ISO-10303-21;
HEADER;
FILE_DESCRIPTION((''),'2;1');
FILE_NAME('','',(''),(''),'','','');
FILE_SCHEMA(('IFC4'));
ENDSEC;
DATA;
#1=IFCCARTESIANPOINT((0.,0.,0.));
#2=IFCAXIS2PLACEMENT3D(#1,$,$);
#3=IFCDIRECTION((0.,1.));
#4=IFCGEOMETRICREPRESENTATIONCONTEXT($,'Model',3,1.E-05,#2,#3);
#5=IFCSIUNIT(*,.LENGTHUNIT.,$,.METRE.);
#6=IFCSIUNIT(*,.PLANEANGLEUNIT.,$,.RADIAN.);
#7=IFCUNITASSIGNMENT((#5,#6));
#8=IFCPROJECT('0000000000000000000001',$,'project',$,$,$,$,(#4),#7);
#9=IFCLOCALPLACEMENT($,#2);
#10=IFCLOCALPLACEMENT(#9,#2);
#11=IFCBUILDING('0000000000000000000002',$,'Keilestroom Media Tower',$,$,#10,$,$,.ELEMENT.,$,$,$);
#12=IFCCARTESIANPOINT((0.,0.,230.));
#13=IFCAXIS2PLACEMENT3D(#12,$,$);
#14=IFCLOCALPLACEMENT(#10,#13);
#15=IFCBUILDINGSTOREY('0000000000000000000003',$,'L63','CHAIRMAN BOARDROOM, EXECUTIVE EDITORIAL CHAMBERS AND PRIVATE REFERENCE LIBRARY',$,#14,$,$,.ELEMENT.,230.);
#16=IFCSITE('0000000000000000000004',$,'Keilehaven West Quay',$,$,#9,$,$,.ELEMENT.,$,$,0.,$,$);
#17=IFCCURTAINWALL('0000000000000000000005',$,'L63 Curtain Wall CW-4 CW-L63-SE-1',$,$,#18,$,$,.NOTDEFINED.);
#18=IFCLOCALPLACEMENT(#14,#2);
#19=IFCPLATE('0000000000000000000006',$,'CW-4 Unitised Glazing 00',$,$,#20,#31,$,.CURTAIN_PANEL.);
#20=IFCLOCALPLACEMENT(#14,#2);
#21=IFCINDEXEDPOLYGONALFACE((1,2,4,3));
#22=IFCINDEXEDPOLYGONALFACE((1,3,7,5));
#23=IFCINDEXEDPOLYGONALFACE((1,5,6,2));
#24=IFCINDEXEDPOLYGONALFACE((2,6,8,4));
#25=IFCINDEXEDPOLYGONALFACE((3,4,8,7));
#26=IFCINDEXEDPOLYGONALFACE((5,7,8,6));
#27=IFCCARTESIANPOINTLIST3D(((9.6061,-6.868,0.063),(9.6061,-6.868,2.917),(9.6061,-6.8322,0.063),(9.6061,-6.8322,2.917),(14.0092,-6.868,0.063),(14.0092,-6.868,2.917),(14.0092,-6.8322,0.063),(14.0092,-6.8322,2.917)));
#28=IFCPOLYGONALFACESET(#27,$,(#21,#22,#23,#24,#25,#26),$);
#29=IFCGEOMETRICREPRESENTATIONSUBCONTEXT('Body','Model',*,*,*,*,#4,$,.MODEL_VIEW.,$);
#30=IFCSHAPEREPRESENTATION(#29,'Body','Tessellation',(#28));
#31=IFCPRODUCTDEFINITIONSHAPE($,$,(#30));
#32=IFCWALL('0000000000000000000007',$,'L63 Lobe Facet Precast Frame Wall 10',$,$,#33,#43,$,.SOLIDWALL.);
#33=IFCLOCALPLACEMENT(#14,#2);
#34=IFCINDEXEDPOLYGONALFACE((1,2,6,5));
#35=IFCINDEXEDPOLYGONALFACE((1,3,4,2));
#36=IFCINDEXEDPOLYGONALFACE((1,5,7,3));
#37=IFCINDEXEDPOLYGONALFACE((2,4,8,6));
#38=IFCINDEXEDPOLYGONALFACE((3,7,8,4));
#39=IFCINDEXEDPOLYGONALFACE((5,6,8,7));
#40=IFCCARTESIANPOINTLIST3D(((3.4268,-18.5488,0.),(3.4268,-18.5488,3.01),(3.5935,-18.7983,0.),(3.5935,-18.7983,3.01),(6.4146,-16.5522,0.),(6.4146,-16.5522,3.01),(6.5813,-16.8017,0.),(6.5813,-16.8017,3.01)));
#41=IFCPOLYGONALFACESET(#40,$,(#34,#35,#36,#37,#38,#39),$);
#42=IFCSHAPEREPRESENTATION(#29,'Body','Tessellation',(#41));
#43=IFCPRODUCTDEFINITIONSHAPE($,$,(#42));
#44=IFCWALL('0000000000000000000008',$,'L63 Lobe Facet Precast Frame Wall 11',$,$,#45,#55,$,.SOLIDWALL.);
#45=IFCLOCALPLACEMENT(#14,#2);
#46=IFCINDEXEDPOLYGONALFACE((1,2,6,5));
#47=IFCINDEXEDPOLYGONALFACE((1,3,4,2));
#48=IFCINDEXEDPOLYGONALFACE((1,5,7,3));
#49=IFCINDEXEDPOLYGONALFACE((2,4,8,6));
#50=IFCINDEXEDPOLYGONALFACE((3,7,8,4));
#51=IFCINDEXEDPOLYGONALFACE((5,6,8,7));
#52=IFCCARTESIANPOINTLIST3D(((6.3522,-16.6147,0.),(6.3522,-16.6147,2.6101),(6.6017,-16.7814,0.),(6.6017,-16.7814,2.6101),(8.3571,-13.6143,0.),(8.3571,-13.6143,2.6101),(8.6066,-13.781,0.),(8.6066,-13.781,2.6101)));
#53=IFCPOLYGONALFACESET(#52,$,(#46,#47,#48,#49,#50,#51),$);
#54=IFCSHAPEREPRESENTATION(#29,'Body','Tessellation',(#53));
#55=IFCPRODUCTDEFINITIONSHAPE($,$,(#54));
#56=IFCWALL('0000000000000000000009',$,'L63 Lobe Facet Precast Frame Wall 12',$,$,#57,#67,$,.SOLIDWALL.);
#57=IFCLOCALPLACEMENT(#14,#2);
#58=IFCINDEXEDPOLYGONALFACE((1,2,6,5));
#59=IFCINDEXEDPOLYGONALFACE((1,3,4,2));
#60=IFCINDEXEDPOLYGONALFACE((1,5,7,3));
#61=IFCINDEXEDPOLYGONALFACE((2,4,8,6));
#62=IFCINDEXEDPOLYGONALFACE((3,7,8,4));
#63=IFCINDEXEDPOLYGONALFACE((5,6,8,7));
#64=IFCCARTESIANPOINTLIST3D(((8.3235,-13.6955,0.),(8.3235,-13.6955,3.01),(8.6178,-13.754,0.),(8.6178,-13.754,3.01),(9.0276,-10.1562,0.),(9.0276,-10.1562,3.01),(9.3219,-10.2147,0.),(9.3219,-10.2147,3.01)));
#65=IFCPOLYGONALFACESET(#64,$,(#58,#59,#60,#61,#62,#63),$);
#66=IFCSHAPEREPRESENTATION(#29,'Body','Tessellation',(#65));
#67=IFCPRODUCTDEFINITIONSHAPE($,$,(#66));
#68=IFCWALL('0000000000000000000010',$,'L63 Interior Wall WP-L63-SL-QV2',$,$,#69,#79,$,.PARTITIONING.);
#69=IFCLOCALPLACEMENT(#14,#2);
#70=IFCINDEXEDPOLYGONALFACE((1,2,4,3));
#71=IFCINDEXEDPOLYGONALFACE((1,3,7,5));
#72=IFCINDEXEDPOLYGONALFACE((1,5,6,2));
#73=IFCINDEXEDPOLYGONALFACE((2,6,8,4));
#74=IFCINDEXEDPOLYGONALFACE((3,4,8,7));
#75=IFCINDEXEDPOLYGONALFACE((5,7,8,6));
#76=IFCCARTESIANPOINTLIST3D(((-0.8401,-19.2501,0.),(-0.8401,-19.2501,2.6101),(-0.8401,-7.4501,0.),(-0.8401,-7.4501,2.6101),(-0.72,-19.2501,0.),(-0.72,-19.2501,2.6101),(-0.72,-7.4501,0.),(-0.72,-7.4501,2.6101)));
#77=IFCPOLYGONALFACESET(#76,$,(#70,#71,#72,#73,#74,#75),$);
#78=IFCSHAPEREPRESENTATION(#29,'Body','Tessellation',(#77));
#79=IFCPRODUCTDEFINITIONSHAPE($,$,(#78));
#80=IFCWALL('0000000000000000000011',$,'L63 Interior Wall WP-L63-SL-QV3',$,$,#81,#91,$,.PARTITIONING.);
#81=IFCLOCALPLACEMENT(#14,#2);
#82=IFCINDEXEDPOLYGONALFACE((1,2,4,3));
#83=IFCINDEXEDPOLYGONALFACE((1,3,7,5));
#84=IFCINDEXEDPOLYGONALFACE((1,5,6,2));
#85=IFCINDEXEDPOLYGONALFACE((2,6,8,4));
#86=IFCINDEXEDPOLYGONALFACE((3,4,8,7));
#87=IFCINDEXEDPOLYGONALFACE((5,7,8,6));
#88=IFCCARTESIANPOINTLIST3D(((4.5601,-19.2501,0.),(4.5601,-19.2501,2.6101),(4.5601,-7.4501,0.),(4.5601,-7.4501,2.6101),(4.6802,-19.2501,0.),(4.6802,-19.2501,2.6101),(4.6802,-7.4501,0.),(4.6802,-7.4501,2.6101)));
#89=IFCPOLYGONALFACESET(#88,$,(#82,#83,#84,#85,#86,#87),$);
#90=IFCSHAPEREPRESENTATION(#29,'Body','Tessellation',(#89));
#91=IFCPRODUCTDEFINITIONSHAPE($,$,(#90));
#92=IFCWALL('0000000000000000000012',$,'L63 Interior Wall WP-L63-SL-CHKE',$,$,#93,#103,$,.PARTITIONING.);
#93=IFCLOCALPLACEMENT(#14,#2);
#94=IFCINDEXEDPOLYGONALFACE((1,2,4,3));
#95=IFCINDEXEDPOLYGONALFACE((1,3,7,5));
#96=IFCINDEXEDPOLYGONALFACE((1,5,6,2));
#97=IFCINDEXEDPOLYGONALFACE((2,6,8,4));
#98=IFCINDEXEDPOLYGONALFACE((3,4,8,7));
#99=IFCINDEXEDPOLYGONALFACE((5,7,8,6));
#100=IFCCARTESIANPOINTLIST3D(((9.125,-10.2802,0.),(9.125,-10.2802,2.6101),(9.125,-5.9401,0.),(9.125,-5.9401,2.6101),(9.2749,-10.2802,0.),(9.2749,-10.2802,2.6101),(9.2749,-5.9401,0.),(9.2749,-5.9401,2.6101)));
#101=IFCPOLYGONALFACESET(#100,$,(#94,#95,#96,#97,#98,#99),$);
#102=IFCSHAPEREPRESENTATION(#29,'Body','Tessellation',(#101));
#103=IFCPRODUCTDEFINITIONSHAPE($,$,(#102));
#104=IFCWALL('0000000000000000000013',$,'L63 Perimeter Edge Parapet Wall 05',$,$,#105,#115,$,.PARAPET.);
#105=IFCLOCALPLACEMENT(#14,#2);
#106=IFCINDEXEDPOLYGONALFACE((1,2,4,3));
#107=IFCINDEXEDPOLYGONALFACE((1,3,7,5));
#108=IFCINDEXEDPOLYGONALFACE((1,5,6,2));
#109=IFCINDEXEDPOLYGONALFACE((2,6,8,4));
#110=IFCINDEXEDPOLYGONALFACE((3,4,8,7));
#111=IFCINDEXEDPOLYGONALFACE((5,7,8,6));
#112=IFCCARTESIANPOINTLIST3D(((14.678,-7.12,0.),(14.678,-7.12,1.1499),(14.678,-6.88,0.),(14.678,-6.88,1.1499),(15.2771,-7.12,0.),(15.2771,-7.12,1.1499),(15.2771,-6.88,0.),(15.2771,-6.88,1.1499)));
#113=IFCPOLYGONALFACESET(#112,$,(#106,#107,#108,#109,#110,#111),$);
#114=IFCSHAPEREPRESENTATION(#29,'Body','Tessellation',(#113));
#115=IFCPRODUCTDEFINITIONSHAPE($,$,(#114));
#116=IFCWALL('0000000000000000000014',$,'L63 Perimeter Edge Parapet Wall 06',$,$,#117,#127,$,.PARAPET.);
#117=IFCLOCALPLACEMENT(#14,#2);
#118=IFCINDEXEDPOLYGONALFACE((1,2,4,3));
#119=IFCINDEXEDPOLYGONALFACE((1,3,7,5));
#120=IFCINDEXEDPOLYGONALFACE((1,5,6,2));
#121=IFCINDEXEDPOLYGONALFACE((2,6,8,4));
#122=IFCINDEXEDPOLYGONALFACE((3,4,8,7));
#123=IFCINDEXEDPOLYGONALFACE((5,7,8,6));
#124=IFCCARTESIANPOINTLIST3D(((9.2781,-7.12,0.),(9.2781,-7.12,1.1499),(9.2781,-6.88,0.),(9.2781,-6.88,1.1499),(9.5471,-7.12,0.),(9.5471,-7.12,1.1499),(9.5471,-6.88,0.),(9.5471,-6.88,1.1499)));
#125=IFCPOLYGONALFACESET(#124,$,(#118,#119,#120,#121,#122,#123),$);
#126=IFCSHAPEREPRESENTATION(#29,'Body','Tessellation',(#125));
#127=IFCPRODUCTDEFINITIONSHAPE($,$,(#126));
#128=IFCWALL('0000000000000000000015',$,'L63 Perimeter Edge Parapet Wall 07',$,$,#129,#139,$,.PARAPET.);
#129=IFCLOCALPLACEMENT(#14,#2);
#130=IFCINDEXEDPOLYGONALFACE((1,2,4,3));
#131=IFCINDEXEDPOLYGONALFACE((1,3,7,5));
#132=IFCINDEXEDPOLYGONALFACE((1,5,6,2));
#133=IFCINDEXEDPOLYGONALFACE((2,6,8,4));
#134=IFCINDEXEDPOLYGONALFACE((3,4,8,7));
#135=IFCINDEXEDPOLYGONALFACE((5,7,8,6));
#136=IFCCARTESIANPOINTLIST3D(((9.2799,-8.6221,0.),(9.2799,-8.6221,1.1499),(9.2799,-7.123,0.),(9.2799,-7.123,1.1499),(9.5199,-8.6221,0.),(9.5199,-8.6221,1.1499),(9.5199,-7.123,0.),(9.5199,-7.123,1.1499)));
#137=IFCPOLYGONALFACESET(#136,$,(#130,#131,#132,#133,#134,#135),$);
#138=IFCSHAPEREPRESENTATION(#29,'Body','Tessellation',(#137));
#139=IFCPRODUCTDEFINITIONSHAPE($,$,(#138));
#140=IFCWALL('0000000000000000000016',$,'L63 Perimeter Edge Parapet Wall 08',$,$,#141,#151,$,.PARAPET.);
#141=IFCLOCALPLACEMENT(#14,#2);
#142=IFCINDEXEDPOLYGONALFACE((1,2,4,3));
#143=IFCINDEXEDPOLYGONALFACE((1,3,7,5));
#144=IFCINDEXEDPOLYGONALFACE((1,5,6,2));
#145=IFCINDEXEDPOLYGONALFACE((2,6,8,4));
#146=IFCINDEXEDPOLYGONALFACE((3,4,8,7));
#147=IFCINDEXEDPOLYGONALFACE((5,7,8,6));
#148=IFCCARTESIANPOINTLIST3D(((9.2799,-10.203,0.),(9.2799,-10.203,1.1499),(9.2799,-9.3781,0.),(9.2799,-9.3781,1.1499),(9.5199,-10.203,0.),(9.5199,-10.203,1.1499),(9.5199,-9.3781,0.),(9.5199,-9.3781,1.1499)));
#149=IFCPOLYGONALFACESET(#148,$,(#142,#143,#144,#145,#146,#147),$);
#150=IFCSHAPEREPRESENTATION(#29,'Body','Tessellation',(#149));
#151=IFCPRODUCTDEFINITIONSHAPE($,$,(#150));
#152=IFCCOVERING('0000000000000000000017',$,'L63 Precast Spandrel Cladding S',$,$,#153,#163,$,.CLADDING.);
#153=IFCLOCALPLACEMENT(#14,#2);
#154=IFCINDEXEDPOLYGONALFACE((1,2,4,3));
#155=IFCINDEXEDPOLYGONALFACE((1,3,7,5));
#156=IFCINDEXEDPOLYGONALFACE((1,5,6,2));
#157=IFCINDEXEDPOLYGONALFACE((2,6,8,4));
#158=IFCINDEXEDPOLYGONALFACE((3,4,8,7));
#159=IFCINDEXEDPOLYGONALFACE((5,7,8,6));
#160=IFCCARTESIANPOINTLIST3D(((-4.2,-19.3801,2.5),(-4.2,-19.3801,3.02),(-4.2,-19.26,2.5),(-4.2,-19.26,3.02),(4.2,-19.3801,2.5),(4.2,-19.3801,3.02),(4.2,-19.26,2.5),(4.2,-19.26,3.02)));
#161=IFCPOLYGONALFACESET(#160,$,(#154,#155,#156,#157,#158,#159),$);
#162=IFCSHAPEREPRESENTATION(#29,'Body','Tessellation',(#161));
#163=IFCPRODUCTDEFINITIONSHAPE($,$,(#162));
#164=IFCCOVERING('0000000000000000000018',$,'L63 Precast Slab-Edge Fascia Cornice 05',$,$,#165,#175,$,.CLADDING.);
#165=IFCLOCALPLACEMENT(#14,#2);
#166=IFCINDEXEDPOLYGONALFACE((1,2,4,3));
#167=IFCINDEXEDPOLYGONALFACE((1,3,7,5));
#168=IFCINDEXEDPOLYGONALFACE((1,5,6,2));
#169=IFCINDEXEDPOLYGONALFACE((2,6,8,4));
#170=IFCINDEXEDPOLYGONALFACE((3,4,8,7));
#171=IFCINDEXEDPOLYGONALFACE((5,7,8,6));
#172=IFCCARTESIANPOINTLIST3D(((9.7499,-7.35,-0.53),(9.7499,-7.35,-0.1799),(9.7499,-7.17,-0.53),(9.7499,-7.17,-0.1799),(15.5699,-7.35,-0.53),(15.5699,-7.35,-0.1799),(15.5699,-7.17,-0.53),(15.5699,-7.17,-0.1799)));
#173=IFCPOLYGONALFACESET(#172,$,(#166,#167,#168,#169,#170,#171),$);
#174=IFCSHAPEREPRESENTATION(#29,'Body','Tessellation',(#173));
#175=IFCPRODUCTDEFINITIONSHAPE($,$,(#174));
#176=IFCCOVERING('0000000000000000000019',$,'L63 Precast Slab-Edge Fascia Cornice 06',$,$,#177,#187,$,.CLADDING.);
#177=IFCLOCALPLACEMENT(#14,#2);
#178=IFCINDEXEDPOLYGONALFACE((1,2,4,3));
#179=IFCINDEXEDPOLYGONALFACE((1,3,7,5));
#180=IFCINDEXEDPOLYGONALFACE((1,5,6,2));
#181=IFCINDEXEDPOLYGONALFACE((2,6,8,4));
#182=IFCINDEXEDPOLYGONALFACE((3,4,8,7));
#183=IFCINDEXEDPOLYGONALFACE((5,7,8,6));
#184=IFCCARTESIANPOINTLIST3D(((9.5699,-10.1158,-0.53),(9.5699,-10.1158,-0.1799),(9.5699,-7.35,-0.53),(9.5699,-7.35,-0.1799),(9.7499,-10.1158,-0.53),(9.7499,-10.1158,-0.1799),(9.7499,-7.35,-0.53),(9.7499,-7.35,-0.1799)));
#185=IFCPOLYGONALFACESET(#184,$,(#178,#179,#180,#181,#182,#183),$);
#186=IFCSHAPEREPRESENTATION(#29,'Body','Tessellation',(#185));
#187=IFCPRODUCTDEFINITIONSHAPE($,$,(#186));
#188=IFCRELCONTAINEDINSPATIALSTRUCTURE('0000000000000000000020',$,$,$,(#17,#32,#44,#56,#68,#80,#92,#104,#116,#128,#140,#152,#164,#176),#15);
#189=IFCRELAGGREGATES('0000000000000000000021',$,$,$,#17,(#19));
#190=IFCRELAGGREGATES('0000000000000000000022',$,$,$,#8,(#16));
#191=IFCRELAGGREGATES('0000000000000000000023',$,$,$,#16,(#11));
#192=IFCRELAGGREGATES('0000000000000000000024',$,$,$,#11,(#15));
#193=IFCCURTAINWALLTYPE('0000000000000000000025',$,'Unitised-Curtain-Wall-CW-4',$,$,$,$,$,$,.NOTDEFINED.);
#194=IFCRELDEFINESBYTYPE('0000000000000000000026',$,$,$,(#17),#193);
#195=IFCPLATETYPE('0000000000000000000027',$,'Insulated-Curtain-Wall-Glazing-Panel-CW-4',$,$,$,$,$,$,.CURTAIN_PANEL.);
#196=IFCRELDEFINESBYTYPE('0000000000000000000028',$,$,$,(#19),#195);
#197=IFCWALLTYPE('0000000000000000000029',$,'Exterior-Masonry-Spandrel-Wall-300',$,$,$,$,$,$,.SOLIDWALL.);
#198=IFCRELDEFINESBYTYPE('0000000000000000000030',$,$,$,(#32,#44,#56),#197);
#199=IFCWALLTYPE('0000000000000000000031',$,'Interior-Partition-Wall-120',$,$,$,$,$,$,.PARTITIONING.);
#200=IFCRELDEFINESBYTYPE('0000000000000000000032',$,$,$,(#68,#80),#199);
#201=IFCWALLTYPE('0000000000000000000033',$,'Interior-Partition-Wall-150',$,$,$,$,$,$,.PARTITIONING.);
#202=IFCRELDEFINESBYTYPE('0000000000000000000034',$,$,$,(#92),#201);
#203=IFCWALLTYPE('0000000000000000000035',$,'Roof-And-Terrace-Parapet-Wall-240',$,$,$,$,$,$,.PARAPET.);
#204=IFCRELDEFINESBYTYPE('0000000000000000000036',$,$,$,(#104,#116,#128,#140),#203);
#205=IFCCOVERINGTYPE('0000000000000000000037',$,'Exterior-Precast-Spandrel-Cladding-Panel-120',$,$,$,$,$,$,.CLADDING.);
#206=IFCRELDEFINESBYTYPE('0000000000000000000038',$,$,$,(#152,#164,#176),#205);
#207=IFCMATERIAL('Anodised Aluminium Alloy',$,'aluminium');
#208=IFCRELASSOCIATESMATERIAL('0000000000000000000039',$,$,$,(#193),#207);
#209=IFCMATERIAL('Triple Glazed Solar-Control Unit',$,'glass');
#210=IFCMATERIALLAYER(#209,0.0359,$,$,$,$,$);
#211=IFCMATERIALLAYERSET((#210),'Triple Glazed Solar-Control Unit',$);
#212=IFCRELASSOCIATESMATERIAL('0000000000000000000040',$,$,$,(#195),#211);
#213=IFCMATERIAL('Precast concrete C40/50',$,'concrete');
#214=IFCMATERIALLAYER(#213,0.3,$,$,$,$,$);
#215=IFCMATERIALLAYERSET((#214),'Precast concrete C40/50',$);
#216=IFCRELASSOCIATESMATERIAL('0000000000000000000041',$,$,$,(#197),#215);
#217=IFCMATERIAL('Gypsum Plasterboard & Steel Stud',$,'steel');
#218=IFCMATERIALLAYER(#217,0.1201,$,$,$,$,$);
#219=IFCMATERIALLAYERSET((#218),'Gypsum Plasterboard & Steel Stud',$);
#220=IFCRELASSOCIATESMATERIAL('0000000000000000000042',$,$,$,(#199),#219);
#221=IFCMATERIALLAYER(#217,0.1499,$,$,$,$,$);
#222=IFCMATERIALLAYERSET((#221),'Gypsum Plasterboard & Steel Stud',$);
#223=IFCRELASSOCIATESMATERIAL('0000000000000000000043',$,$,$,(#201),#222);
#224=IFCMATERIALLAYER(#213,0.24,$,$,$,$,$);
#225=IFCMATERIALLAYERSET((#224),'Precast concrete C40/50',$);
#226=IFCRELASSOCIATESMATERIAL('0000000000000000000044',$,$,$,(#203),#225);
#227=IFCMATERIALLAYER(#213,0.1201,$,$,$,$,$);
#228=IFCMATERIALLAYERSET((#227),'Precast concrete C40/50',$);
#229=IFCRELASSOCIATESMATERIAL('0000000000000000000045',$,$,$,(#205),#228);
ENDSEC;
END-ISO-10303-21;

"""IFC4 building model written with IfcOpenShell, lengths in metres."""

from ifc_helpers import new_model, si_unit, direction, frame, frame_2d, origin, origin_2d, place, context, subcontext, project, spatial, rectangle, extrude, source, transform, mapped, material, layer, layer_set, type_object, element, aggregate, save


model = new_model("IFC4")

# Units and contexts
model_context = context("Model", 3, precision=1e-05, world=origin(), true_north=direction((0.0, 1.0)))
body_context = subcontext(model_context, "Body", "Model", "MODEL_VIEW")
ifc_project = project(units=[si_unit("LENGTHUNIT", "METRE"), si_unit("PLANEANGLEUNIT", "RADIAN")], contexts=[model_context])

# Site, building, storey
site_placement = place(None, origin())
site = spatial("IfcSite", under=ifc_project, at=site_placement, Name="Keilehaven West Quay", CompositionType="ELEMENT", RefElevation=0.0)
building_placement = place(site_placement, origin())
building = spatial("IfcBuilding", under=site, at=building_placement, Name="Keilestroom Media Tower", CompositionType="ELEMENT")
storey_placement = place(building_placement, frame((0.0, 0.0, 230.0)))
storey = spatial("IfcBuildingStorey", under=building, at=storey_placement, Name="L63", Description="CHAIRMAN BOARDROOM, EXECUTIVE EDITORIAL CHAMBERS AND PRIVATE REFERENCE LIBRARY", CompositionType="ELEMENT", Elevation=230.0)

# Shared definitions
ifc_material_1 = material(Name="Precast concrete C40/50", Category="concrete")

# Curtain wall
ifc_material_2 = material(Name="Anodised Aluminium Alloy", Category="aluminium")
curtain_wall_type_1 = type_object("IfcCurtainWallType", Name="Unitised-Curtain-Wall-CW-4", PredefinedType="NOTDEFINED", material=ifc_material_2)
curtain_wall_1_placement = place(storey_placement, origin())
curtain_wall_1 = element("IfcCurtainWall", 1, at=curtain_wall_1_placement, inside=storey, type_object=curtain_wall_type_1, Name="L63 Curtain Wall CW-4 CW-L63-SE-1", PredefinedType="NOTDEFINED")

# Plate
ifc_material_3 = material(Name="Triple Glazed Solar-Control Unit", Category="glass")
ifc_layer_1 = layer(ifc_material_3, 0.0359)
ifc_layer_set_1 = layer_set([ifc_layer_1], Name="Triple Glazed Solar-Control Unit")
plate_type_1 = type_object("IfcPlateType", Name="Insulated-Curtain-Wall-Glazing-Panel-CW-4", PredefinedType="CURTAIN_PANEL", material=ifc_layer_set_1)
shared_shape_1 = source(origin(), body_context, "Body", "SweptSolid", [
    extrude(rectangle(XDim=4.4031, YDim=0.0359, at=origin_2d()), origin(), (0.0, 0.0, 1.0), 2.854),
])
plate_1_placement = place(storey_placement, frame((11.8076, -6.8501, 0.063), z_axis=(0.0, 0.0, 1.0), x_axis=(1.0, 0.0, 0.0)))
plate_1 = element("IfcPlate", 2, at=plate_1_placement, type_object=plate_type_1, Name="CW-4 Unitised Glazing 00", PredefinedType="CURTAIN_PANEL", context=body_context, shape_type="MappedRepresentation", body=[
    mapped(shared_shape_1, transform((0.0, 0.0, 0.0), x_axis=(1.0, 0.0, 0.0), y_axis=(0.0, 1.0, 0.0), z_axis=(0.0, 0.0, 1.0), scale=1.0)),
])
aggregate(curtain_wall_1, [plate_1])

# Walls
ifc_layer_2 = layer(ifc_material_1, 0.3)
ifc_layer_set_2 = layer_set([ifc_layer_2], Name="Precast concrete C40/50")
wall_type_1 = type_object("IfcWallType", Name="Exterior-Masonry-Spandrel-Wall-300", PredefinedType="SOLIDWALL", material=ifc_layer_set_2)
wall_1_placement = place(storey_placement, frame((3.51, -18.6736, 0.0), z_axis=(0.0, 0.0, 1.0), x_axis=(0.831444, 0.555609, 0.0)))
element("IfcWall", 3, at=wall_1_placement, inside=storey, type_object=wall_type_1, Name="L63 Lobe Facet Precast Frame Wall 10", PredefinedType="SOLIDWALL", context=body_context, shape_type="SweptSolid", body=[
    extrude(rectangle(XDim=3.5935, YDim=0.3, at=frame_2d((1.7969, 0.0))), origin(), (0.0, 0.0, 1.0), 3.01),
])
wall_2_placement = place(storey_placement, frame((6.4771, -16.698, 0.0), z_axis=(0.0, 0.0, 1.0), x_axis=(0.555574, 0.831467, 0.0)))
element("IfcWall", 4, at=wall_2_placement, inside=storey, type_object=wall_type_1, Name="L63 Lobe Facet Precast Frame Wall 11", PredefinedType="SOLIDWALL", context=body_context, shape_type="SweptSolid", body=[
    extrude(rectangle(XDim=3.6086, YDim=0.3, at=frame_2d((1.8042, 0.0))), origin(), (0.0, 0.0, 1.0), 2.6101),
])
wall_3_placement = place(storey_placement, frame((8.4707, -13.7246, 0.0), z_axis=(0.0, 0.0, 1.0), x_axis=(0.195114, 0.980781, 0.0)))
element("IfcWall", 5, at=wall_3_placement, inside=storey, type_object=wall_type_1, Name="L63 Lobe Facet Precast Frame Wall 12", PredefinedType="SOLIDWALL", context=body_context, shape_type="SweptSolid", body=[
    extrude(rectangle(XDim=3.6086, YDim=0.3, at=frame_2d((1.8042, 0.0))), origin(), (0.0, 0.0, 1.0), 3.01),
])
ifc_material_4 = material(Name="Gypsum Plasterboard & Steel Stud", Category="steel")
ifc_layer_3 = layer(ifc_material_4, 0.1201)
ifc_layer_set_3 = layer_set([ifc_layer_3], Name="Gypsum Plasterboard & Steel Stud")
wall_type_2 = type_object("IfcWallType", Name="Interior-Partition-Wall-120", PredefinedType="PARTITIONING", material=ifc_layer_set_3)
for number, where, z_axis, x_axis, name in (
    (6, (-0.78, -19.25, 0.0), (0.0, 0.0, 1.0), (0.0, 1.0, 0.0), "L63 Interior Wall WP-L63-SL-QV2"),
    (7, (4.6201, -19.25, 0.0), (0.0, 0.0, 1.0), (0.0, 1.0, 0.0), "L63 Interior Wall WP-L63-SL-QV3"),
):
    element("IfcWall", number, at=place(storey_placement, frame(where, z_axis=z_axis, x_axis=x_axis)), inside=storey, type_object=wall_type_2, Name=name, PredefinedType="PARTITIONING", context=body_context, shape_type="SweptSolid", body=[
        extrude(rectangle(XDim=11.8, YDim=0.1201, at=frame_2d((5.8999, 0.0))), origin(), (0.0, 0.0, 1.0), 2.6101),
    ])
ifc_layer_4 = layer(ifc_material_4, 0.1499)
ifc_layer_set_4 = layer_set([ifc_layer_4], Name="Gypsum Plasterboard & Steel Stud")
wall_type_3 = type_object("IfcWallType", Name="Interior-Partition-Wall-150", PredefinedType="PARTITIONING", material=ifc_layer_set_4)
wall_4_placement = place(storey_placement, frame((9.2, -10.28, 0.0), z_axis=(0.0, 0.0, 1.0), x_axis=(0.0, 1.0, 0.0)))
element("IfcWall", 8, at=wall_4_placement, inside=storey, type_object=wall_type_3, Name="L63 Interior Wall WP-L63-SL-CHKE", PredefinedType="PARTITIONING", context=body_context, shape_type="SweptSolid", body=[
    extrude(rectangle(XDim=4.3401, YDim=0.1499, at=frame_2d((2.1699, 0.0))), origin(), (0.0, 0.0, 1.0), 2.6101),
])
ifc_layer_5 = layer(ifc_material_1, 0.24)
ifc_layer_set_5 = layer_set([ifc_layer_5], Name="Precast concrete C40/50")
wall_type_4 = type_object("IfcWallType", Name="Roof-And-Terrace-Parapet-Wall-240", PredefinedType="PARAPET", material=ifc_layer_set_5)
wall_5_placement = place(storey_placement, frame((15.2771, -7.0, 0.0), z_axis=(0.0, 0.0, 1.0), x_axis=(-1.0, 0.0, 0.0)))
element("IfcWall", 9, at=wall_5_placement, inside=storey, type_object=wall_type_4, Name="L63 Perimeter Edge Parapet Wall 05", PredefinedType="PARAPET", context=body_context, shape_type="SweptSolid", body=[
    extrude(rectangle(XDim=0.5991, YDim=0.24, at=frame_2d((0.2996, 0.0))), origin(), (0.0, 0.0, 1.0), 1.1499),
])
wall_6_placement = place(storey_placement, frame((9.5471, -7.0, 0.0), z_axis=(0.0, 0.0, 1.0), x_axis=(-1.0, 0.0, 0.0)))
element("IfcWall", 10, at=wall_6_placement, inside=storey, type_object=wall_type_4, Name="L63 Perimeter Edge Parapet Wall 06", PredefinedType="PARAPET", context=body_context, shape_type="SweptSolid", body=[
    extrude(rectangle(XDim=0.269, YDim=0.24, at=frame_2d((0.1345, 0.0))), origin(), (0.0, 0.0, 1.0), 1.1499),
])
wall_7_placement = place(storey_placement, frame((9.3999, -7.123, 0.0), z_axis=(0.0, 0.0, 1.0), x_axis=(0.0, -1.0, 0.0)))
element("IfcWall", 11, at=wall_7_placement, inside=storey, type_object=wall_type_4, Name="L63 Perimeter Edge Parapet Wall 07", PredefinedType="PARAPET", context=body_context, shape_type="SweptSolid", body=[
    extrude(rectangle(XDim=1.499, YDim=0.24, at=frame_2d((0.7495, 0.0))), origin(), (0.0, 0.0, 1.0), 1.1499),
])
wall_8_placement = place(storey_placement, frame((9.3999, -9.3779, 0.0), z_axis=(0.0, 0.0, 1.0), x_axis=(0.0, -1.0, 0.0)))
element("IfcWall", 12, at=wall_8_placement, inside=storey, type_object=wall_type_4, Name="L63 Perimeter Edge Parapet Wall 08", PredefinedType="PARAPET", context=body_context, shape_type="SweptSolid", body=[
    extrude(rectangle(XDim=0.825, YDim=0.24, at=frame_2d((0.4126, 0.0))), origin(), (0.0, 0.0, 1.0), 1.1499),
])

# Coverings
ifc_layer_6 = layer(ifc_material_1, 0.1201)
ifc_layer_set_6 = layer_set([ifc_layer_6], Name="Precast concrete C40/50")
covering_type = type_object("IfcCoveringType", Name="Exterior-Precast-Spandrel-Cladding-Panel-120", PredefinedType="CLADDING", material=ifc_layer_set_6)
shared_shape_2 = source(origin(), body_context, "Body", "SweptSolid", [
    extrude(rectangle(XDim=8.3999, YDim=0.1201, at=origin_2d()), origin(), (0.0, 0.0, 1.0), 0.52),
])
covering_1_placement = place(storey_placement, frame((0.0, -19.3201, 2.5), z_axis=(0.0, 0.0, 1.0), x_axis=(1.0, 0.0, 0.0)))
element("IfcCovering", 13, at=covering_1_placement, inside=storey, type_object=covering_type, Name="L63 Precast Spandrel Cladding S", PredefinedType="CLADDING", context=body_context, shape_type="MappedRepresentation", body=[
    mapped(shared_shape_2, transform((0.0, 0.0, 0.0), x_axis=(1.0, 0.0, 0.0), y_axis=(0.0, 1.0, 0.0), z_axis=(0.0, 0.0, 1.0), scale=1.0)),
])
shared_shape_3 = source(origin(), body_context, "Body", "SweptSolid", [
    extrude(rectangle(XDim=5.8201, YDim=0.1799, at=origin_2d()), origin(), (0.0, 0.0, 1.0), 0.3501),
])
covering_2_placement = place(storey_placement, frame((12.6599, -7.26, -0.53), z_axis=(0.0, 0.0, 1.0), x_axis=(-1.0, 0.0, 0.0)))
element("IfcCovering", 14, at=covering_2_placement, inside=storey, type_object=covering_type, Name="L63 Precast Slab-Edge Fascia Cornice 05", PredefinedType="CLADDING", context=body_context, shape_type="MappedRepresentation", body=[
    mapped(shared_shape_3, transform((0.0, 0.0, 0.0), x_axis=(1.0, 0.0, 0.0), y_axis=(0.0, 1.0, 0.0), z_axis=(0.0, 0.0, 1.0), scale=1.0)),
])
shared_shape_4 = source(origin(), body_context, "Body", "SweptSolid", [
    extrude(rectangle(XDim=2.7659, YDim=0.1799, at=origin_2d()), origin(), (0.0, 0.0, 1.0), 0.3501),
])
covering_3_placement = place(storey_placement, frame((9.6599, -8.7329, -0.53), z_axis=(0.0, 0.0, 1.0), x_axis=(0.0, -1.0, 0.0)))
element("IfcCovering", 15, at=covering_3_placement, inside=storey, type_object=covering_type, Name="L63 Precast Slab-Edge Fascia Cornice 06", PredefinedType="CLADDING", context=body_context, shape_type="MappedRepresentation", body=[
    mapped(shared_shape_4, transform((0.0, 0.0, 0.0), x_axis=(1.0, 0.0, 0.0), y_axis=(0.0, 1.0, 0.0), z_axis=(0.0, 0.0, 1.0), scale=1.0)),
])

save(model, "model.ifc")
